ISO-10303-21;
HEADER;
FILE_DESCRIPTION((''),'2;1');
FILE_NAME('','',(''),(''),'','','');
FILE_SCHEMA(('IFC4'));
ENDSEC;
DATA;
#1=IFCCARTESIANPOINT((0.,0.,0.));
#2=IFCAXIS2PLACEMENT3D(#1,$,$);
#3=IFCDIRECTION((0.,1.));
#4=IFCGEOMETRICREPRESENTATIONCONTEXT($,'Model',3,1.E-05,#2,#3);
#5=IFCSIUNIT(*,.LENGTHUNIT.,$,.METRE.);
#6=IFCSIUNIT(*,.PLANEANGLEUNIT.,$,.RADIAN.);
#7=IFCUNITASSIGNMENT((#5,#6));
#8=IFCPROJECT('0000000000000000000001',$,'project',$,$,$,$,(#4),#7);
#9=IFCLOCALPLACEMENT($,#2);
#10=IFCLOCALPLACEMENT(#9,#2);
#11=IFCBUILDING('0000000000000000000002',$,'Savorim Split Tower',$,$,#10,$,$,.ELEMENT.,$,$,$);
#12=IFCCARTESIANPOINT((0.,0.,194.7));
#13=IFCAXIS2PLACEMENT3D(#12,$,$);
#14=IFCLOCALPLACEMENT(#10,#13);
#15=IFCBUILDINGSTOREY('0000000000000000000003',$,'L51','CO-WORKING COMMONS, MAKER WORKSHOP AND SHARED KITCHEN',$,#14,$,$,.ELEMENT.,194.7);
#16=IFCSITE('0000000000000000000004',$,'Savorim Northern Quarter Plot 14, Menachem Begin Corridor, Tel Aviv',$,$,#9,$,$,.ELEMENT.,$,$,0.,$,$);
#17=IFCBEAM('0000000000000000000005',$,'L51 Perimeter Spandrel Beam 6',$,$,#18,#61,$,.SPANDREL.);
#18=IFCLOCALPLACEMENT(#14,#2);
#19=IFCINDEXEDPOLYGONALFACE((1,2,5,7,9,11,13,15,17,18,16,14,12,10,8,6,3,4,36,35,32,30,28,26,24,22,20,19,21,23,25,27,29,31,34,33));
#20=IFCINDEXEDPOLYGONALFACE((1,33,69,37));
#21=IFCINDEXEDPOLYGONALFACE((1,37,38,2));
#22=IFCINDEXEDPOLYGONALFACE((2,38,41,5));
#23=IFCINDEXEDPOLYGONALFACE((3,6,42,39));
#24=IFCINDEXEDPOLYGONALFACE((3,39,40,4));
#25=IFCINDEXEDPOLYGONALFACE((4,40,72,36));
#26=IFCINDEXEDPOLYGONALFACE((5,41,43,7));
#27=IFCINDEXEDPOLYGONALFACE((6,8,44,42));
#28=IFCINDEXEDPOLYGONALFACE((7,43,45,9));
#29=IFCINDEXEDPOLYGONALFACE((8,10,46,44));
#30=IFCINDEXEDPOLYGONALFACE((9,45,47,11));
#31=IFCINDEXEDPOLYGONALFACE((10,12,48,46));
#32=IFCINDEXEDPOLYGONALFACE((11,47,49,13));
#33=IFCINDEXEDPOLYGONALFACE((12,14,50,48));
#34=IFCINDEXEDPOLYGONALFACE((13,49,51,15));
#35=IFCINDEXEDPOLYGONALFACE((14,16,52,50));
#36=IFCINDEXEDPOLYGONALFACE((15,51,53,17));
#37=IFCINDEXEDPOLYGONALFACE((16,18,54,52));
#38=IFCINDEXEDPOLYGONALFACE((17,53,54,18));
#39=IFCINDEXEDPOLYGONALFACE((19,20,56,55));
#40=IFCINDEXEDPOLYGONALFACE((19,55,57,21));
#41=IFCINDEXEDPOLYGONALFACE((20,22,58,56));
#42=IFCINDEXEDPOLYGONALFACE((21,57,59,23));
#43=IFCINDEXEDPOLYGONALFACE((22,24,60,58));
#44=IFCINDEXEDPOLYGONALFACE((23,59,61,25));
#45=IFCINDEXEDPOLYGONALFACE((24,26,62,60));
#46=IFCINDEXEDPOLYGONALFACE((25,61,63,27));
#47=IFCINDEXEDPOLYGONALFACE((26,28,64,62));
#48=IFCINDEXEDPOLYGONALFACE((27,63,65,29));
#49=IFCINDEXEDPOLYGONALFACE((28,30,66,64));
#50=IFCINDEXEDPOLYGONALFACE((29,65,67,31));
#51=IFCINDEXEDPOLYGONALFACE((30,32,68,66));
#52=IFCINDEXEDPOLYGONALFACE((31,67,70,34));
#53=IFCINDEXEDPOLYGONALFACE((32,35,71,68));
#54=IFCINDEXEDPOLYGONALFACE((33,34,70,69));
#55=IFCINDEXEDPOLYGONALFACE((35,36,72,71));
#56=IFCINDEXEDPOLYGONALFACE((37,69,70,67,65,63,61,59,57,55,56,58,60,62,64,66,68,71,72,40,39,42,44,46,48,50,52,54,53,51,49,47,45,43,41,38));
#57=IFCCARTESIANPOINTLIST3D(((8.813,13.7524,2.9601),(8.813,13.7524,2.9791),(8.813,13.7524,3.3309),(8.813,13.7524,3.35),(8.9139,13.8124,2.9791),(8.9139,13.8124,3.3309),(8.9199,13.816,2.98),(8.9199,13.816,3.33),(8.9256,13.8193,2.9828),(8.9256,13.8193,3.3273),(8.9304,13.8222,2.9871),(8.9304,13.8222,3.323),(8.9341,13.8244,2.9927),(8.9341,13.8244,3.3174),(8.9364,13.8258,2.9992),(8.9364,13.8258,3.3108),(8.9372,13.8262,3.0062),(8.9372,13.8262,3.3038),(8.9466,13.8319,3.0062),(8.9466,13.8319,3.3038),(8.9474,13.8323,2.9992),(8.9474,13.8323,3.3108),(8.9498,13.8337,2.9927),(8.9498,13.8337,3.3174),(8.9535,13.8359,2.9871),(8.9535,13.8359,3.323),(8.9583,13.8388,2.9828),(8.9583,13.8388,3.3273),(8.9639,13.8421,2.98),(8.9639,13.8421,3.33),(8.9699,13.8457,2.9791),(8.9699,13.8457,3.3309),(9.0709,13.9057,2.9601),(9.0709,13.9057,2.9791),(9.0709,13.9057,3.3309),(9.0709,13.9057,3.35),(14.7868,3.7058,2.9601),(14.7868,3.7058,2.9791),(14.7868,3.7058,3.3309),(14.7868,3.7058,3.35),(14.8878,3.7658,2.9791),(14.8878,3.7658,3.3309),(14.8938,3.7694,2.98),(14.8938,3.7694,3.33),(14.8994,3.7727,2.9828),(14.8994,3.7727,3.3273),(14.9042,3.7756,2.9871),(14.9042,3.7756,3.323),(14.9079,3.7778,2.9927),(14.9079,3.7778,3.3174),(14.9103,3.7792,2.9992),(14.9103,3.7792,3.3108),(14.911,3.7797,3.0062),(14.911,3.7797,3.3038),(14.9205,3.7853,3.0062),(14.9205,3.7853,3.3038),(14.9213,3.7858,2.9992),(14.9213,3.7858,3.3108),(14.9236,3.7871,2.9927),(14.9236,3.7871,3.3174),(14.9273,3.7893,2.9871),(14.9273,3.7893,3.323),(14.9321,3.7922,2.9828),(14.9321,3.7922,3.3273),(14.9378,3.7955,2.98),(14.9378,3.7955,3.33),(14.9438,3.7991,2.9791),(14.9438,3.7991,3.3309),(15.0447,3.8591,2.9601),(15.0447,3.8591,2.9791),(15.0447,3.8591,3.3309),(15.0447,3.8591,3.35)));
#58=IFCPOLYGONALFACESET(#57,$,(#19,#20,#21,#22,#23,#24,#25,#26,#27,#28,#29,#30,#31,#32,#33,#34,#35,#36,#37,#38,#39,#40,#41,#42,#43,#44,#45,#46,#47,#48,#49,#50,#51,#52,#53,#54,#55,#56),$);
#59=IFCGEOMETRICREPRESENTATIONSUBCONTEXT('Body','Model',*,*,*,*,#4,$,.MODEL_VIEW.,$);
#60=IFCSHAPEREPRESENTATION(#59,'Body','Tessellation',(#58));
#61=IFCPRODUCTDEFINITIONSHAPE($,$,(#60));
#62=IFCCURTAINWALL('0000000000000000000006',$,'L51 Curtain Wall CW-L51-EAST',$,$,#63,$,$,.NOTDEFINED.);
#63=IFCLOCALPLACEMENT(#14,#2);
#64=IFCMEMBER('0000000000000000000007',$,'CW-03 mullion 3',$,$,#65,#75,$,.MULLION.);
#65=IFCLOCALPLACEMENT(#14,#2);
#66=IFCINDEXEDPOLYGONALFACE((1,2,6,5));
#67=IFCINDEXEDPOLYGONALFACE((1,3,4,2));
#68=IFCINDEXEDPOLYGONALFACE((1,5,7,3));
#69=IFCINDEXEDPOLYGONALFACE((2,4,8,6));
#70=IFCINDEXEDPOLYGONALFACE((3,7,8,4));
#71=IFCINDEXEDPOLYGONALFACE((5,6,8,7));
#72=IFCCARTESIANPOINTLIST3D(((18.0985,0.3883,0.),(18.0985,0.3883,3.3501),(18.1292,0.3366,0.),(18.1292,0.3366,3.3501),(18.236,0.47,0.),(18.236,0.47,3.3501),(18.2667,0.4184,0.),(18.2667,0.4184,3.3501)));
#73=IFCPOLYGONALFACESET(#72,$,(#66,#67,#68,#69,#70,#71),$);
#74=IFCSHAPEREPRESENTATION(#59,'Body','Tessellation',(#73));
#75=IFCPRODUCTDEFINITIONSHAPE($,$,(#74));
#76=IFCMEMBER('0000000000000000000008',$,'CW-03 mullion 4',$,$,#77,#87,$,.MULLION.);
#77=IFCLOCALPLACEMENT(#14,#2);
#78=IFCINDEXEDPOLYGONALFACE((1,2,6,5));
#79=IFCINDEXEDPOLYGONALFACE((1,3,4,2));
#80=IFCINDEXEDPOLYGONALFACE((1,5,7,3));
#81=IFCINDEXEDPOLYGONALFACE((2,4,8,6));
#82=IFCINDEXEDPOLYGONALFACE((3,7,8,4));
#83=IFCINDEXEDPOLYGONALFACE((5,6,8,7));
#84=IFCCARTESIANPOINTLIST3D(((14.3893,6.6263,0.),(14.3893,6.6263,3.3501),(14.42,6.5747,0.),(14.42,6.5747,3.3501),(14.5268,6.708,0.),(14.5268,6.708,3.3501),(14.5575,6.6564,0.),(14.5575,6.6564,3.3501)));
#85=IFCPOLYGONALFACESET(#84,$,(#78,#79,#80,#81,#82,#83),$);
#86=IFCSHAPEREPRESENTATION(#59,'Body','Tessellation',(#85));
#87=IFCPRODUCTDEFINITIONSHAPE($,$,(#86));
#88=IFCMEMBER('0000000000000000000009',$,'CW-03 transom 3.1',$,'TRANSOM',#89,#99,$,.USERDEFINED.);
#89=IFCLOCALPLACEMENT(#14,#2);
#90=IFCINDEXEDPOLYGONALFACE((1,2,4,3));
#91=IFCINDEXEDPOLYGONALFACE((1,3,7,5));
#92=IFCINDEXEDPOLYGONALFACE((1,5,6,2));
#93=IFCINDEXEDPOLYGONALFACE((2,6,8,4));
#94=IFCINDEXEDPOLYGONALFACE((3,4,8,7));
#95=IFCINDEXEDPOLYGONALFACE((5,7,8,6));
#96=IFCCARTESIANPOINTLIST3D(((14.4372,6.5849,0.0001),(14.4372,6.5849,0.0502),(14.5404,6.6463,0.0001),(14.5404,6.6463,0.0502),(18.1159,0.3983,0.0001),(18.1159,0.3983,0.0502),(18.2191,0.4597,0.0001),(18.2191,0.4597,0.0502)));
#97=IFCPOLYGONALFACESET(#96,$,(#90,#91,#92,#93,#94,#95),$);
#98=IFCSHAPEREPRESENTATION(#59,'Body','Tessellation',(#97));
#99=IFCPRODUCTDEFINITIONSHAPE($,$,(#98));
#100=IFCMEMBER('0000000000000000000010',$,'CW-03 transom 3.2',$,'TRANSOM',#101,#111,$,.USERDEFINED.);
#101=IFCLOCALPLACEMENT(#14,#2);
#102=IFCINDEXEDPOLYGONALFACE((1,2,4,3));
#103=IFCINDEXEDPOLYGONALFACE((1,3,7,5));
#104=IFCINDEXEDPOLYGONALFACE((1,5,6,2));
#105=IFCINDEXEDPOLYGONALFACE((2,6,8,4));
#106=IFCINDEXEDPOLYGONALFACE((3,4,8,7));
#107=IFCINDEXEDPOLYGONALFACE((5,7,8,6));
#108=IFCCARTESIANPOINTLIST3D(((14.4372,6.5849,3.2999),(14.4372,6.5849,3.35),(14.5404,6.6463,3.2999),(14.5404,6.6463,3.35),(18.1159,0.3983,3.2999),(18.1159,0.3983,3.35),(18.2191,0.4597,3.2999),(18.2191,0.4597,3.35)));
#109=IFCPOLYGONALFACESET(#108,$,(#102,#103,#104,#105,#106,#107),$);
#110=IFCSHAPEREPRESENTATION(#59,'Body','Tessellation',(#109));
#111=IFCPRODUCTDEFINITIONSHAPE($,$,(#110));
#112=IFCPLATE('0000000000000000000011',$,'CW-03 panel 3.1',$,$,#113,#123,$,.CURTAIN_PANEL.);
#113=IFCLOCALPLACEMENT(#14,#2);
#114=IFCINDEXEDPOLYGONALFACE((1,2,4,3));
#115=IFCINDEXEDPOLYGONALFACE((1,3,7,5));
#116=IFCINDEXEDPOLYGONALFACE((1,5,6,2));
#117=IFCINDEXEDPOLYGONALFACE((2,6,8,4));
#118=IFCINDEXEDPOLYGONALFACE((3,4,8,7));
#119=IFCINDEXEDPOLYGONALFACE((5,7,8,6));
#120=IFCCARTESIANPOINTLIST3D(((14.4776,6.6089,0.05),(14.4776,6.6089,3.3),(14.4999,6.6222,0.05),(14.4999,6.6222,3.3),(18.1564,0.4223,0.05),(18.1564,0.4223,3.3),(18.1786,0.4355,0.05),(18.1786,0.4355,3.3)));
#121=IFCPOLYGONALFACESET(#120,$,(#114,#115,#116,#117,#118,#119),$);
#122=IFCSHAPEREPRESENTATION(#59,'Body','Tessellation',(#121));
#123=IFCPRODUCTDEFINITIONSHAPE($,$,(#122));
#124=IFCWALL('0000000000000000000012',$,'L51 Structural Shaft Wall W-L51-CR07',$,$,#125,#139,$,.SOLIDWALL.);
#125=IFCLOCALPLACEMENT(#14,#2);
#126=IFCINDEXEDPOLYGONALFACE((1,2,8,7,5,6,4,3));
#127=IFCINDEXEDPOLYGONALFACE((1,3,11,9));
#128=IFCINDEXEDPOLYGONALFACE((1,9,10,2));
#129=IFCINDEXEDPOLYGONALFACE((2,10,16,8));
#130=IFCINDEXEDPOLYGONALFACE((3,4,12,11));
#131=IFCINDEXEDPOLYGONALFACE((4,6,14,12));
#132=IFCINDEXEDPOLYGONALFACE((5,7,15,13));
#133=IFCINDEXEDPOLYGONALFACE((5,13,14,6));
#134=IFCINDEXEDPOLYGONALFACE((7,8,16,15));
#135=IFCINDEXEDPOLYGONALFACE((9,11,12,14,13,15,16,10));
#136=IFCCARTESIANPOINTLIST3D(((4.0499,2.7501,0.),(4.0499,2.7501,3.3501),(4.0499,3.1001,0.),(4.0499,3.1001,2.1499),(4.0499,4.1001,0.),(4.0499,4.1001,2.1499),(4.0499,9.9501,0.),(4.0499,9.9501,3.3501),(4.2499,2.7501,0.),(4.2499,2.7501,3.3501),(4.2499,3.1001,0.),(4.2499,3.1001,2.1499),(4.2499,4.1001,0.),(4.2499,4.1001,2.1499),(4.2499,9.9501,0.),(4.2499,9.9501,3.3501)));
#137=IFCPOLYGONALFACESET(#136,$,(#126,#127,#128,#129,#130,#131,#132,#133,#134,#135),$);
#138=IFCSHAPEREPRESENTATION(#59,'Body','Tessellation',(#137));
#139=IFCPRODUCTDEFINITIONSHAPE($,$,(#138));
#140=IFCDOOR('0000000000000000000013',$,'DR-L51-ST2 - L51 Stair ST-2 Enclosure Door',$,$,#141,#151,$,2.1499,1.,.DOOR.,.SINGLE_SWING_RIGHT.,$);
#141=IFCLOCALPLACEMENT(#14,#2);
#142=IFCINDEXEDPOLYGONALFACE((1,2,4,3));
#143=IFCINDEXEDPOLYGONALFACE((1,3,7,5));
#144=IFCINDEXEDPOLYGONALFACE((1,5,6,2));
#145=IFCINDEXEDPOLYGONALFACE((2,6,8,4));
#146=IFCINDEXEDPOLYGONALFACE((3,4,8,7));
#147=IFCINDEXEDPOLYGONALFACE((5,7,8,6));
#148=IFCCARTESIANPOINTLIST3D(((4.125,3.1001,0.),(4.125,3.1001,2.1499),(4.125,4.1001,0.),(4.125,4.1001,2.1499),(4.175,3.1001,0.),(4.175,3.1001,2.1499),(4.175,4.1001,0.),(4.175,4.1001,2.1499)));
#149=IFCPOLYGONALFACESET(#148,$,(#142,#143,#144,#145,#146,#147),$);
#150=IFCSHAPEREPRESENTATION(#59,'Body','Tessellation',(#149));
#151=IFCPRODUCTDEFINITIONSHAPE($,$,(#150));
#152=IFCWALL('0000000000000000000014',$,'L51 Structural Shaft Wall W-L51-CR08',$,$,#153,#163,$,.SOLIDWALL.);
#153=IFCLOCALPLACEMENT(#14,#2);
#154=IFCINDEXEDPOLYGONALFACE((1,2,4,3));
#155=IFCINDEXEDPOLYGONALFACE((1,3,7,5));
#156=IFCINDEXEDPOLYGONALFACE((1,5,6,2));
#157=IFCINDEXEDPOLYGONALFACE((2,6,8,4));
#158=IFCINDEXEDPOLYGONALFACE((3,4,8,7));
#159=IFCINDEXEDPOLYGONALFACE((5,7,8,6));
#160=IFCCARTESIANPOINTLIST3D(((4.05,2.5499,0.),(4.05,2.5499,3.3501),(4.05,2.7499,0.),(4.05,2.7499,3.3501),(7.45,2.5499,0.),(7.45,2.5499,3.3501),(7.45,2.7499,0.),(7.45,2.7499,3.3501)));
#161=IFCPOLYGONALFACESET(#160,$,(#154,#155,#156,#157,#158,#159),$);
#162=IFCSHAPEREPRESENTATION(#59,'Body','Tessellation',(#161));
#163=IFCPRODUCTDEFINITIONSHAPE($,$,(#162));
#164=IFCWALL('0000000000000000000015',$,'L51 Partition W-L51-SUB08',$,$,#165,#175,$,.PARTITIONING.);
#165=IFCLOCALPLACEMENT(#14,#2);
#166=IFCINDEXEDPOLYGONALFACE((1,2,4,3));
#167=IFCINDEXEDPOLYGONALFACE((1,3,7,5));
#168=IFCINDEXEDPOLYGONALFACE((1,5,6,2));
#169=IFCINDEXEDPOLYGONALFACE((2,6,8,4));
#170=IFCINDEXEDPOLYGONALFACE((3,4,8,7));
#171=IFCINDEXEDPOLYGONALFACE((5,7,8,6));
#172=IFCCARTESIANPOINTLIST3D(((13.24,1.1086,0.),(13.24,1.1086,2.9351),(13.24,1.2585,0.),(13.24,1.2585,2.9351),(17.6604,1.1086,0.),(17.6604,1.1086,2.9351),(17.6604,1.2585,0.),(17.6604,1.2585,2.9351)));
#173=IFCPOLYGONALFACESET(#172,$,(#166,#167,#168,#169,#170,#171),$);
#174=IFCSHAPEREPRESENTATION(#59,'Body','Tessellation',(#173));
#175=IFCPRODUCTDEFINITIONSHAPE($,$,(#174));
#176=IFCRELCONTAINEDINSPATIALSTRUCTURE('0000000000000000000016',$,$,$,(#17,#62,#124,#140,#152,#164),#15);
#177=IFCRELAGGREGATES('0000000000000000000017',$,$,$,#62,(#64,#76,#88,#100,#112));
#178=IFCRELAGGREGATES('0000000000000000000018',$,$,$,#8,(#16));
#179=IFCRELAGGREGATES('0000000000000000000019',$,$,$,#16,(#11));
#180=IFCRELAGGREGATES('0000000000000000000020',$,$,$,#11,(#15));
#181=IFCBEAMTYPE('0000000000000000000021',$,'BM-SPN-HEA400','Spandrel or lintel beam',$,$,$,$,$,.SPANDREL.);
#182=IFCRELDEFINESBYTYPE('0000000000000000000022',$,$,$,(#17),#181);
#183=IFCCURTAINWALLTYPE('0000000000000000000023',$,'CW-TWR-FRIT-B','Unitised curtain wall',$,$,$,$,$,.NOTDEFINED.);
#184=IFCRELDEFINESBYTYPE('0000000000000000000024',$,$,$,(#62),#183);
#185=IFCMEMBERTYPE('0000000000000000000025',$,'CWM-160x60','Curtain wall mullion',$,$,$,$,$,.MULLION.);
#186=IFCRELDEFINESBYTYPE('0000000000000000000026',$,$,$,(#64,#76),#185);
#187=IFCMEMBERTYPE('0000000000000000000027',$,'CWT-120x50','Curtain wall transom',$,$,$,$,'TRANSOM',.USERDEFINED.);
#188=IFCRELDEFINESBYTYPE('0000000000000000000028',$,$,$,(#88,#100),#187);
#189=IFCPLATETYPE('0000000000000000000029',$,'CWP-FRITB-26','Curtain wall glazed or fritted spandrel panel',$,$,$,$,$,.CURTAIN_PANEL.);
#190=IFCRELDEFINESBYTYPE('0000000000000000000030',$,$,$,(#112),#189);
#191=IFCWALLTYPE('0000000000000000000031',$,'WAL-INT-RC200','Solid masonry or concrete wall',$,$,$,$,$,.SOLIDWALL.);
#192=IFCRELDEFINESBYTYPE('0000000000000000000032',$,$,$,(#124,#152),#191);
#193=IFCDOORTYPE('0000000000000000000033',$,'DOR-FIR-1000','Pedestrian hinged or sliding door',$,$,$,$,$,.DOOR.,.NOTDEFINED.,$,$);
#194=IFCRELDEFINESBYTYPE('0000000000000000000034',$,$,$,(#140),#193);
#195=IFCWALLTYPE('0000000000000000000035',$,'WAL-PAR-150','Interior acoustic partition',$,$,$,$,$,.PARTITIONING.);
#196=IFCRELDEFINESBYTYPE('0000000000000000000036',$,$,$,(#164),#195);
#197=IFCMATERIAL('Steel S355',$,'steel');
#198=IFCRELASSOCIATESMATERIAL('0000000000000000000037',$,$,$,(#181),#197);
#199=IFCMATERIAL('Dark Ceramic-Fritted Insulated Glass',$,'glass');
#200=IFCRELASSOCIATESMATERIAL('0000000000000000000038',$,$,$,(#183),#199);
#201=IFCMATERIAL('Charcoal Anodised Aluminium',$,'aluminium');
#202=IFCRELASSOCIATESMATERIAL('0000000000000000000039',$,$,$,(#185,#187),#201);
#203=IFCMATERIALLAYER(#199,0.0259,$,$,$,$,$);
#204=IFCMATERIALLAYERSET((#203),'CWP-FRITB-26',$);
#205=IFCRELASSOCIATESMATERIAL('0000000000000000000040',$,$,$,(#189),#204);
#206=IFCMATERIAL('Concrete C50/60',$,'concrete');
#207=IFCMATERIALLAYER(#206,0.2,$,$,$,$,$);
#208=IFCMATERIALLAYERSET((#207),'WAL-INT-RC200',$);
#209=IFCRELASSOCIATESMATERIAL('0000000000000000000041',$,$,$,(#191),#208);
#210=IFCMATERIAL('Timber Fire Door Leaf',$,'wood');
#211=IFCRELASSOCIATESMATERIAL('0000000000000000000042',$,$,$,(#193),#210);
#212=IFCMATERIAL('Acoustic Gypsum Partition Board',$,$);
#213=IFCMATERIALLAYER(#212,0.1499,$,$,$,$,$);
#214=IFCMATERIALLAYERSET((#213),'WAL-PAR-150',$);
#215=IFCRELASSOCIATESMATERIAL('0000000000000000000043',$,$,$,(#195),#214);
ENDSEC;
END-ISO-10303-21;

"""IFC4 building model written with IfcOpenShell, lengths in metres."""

from ifc_helpers import new_model, si_unit, direction, frame, frame_2d, origin, origin_2d, place, context, subcontext, project, spatial, rectangle, i_section, extrude, material, layer, layer_set, material_profile, profile_set, type_object, element, fill, aggregate, save


model = new_model("IFC4")

# Units and contexts
model_context = context("Model", 3, precision=1e-05, world=origin(), true_north=direction((0.0, 1.0)))
body_context = subcontext(model_context, "Body", "Model", "MODEL_VIEW")
ifc_project = project(units=[si_unit("LENGTHUNIT", "METRE"), si_unit("PLANEANGLEUNIT", "RADIAN")], contexts=[model_context])

# Site, building, storey
site_placement = place(None, origin())
site = spatial("IfcSite", under=ifc_project, at=site_placement, Name="Savorim Northern Quarter Plot 14, Menachem Begin Corridor, Tel Aviv", CompositionType="ELEMENT", RefElevation=0.0)
building_placement = place(site_placement, origin())
building = spatial("IfcBuilding", under=site, at=building_placement, Name="Savorim Split Tower", CompositionType="ELEMENT")
storey_placement = place(building_placement, frame((0.0, 0.0, 194.7)))
storey = spatial("IfcBuildingStorey", under=building, at=storey_placement, Name="L51", Description="CO-WORKING COMMONS, MAKER WORKSHOP AND SHARED KITCHEN", CompositionType="ELEMENT", Elevation=194.7)

# Shared definitions
ifc_material_1 = material(Name="Steel S355", Category="steel")

# Beam
ifc_material_profile_1 = material_profile(ifc_material_1, i_section(OverallWidth=0.3, OverallDepth=0.3899, WebThickness=0.011, FlangeThickness=0.019, FilletRadius=0.0271, at=origin_2d()), Name="HEA 400")
ifc_profile_set_1 = profile_set([ifc_material_profile_1], Name="Steel S355")
beam_type_1 = type_object("IfcBeamType", Name="BM-SPN-HEA400", Description="Spandrel or lintel beam", PredefinedType="SPANDREL", material=ifc_profile_set_1)
beam_1_placement = place(storey_placement, frame((14.9158, 3.7825, 3.155), z_axis=(-0.511088, 0.859528, 0.0), x_axis=(-0.859528, -0.511088, 0.0)))
element("IfcBeam", 1, at=beam_1_placement, inside=storey, type_object=beam_type_1, Name="L51 Perimeter Spandrel Beam 6", PredefinedType="SPANDREL", context=body_context, shape_type="SweptSolid", body=[
    extrude(i_section(OverallWidth=0.3, OverallDepth=0.3899, WebThickness=0.011, FlangeThickness=0.019, FilletRadius=0.0271, at=origin_2d()), origin(), (0.0, 0.0, 1.0), 11.6885),
])

# Curtain wall, members, plate
ifc_material_2 = material(Name="Dark Ceramic-Fritted Insulated Glass", Category="glass")
curtain_wall_type = type_object("IfcCurtainWallType", Name="CW-TWR-FRIT-B", Description="Unitised curtain wall", PredefinedType="NOTDEFINED", material=ifc_material_2)
curtain_wall_placement = place(storey_placement, origin())
curtain_wall = element("IfcCurtainWall", 2, at=curtain_wall_placement, inside=storey, type_object=curtain_wall_type, Name="L51 Curtain Wall CW-L51-EAST", PredefinedType="NOTDEFINED")
ifc_material_3 = material(Name="Charcoal Anodised Aluminium", Category="aluminium")
ifc_material_profile_2 = material_profile(ifc_material_3, rectangle(XDim=0.1599, YDim=0.0601, at=origin_2d()), Name="ALU-M 160x60")
ifc_profile_set_2 = profile_set([ifc_material_profile_2], Name="Charcoal Anodised Aluminium")
member_type_1 = type_object("IfcMemberType", Name="CWM-160x60", Description="Curtain wall mullion", PredefinedType="MULLION", material=ifc_profile_set_2)
member_1_placement = place(storey_placement, frame((18.1826, 0.4033, 0.0), z_axis=(0.0, 0.0, 1.0), x_axis=(-0.859526, -0.511092, 0.0)))
member_1 = element("IfcMember", 3, at=member_1_placement, type_object=member_type_1, Name="CW-03 mullion 3", PredefinedType="MULLION", context=body_context, shape_type="SweptSolid", body=[
    extrude(rectangle(XDim=0.1599, YDim=0.0601, at=origin_2d()), origin(), (0.0, 0.0, 1.0), 3.3501),
])
member_2_placement = place(storey_placement, frame((14.4734, 6.6414, 0.0), z_axis=(0.0, 0.0, 1.0), x_axis=(-0.859526, -0.511092, 0.0)))
member_2 = element("IfcMember", 4, at=member_2_placement, type_object=member_type_1, Name="CW-03 mullion 4", PredefinedType="MULLION", context=body_context, shape_type="SweptSolid", body=[
    extrude(rectangle(XDim=0.1599, YDim=0.0601, at=origin_2d()), origin(), (0.0, 0.0, 1.0), 3.3501),
])
ifc_material_profile_3 = material_profile(ifc_material_3, rectangle(XDim=0.1201, YDim=0.05, at=origin_2d()), Name="ALU-T 120x50")
ifc_profile_set_3 = profile_set([ifc_material_profile_3], Name="Charcoal Anodised Aluminium")
member_type_2 = type_object("IfcMemberType", Name="CWT-120x50", Description="Curtain wall transom", ElementType="TRANSOM", PredefinedType="USERDEFINED", material=ifc_profile_set_3)
member_3_placement = place(storey_placement, frame((18.1675, 0.429, 0.0251), z_axis=(-0.511085, 0.85953, 0.0), x_axis=(-0.85953, -0.511085, 0.0)))
member_3 = element("IfcMember", 5, at=member_3_placement, type_object=member_type_2, Name="CW-03 transom 3.1", ObjectType="TRANSOM", PredefinedType="USERDEFINED", context=body_context, shape_type="SweptSolid", body=[
    extrude(rectangle(XDim=0.1201, YDim=0.05, at=origin_2d()), origin(), (0.0, 0.0, 1.0), 7.1978),
])
member_4_placement = place(storey_placement, frame((18.1675, 0.429, 3.325), z_axis=(-0.511085, 0.85953, 0.0), x_axis=(-0.85953, -0.511085, 0.0)))
member_4 = element("IfcMember", 6, at=member_4_placement, type_object=member_type_2, Name="CW-03 transom 3.2", ObjectType="TRANSOM", PredefinedType="USERDEFINED", context=body_context, shape_type="SweptSolid", body=[
    extrude(rectangle(XDim=0.1201, YDim=0.05, at=origin_2d()), origin(), (0.0, 0.0, 1.0), 7.1978),
])
ifc_layer_1 = layer(ifc_material_2, 0.0259)
ifc_layer_set_1 = layer_set([ifc_layer_1], Name="CWP-FRITB-26")
plate_type = type_object("IfcPlateType", Name="CWP-FRITB-26", Description="Curtain wall glazed or fritted spandrel panel", PredefinedType="CURTAIN_PANEL", material=ifc_layer_set_1)
plate_placement = place(storey_placement, frame((16.3281, 3.5222, 0.05), z_axis=(0.0, 0.0, 1.0), x_axis=(-0.511092, 0.859526, 0.0)))
plate = element("IfcPlate", 7, at=plate_placement, type_object=plate_type, Name="CW-03 panel 3.1", PredefinedType="CURTAIN_PANEL", context=body_context, shape_type="SweptSolid", body=[
    extrude(rectangle(XDim=7.1978, YDim=0.0259, at=origin_2d()), origin(), (0.0, 0.0, 1.0), 3.25),
])
aggregate(curtain_wall, [member_1, member_2, member_3, member_4, plate])

# Wall, opening, door
ifc_material_4 = material(Name="Concrete C50/60", Category="concrete")
ifc_layer_2 = layer(ifc_material_4, 0.2)
ifc_layer_set_2 = layer_set([ifc_layer_2], Name="WAL-INT-RC200")
wall_type_1 = type_object("IfcWallType", Name="WAL-INT-RC200", Description="Solid masonry or concrete wall", PredefinedType="SOLIDWALL", material=ifc_layer_set_2)
wall_1_placement = place(storey_placement, frame((4.1499, 2.75, 0.0), z_axis=(0.0, 0.0, 1.0), x_axis=(0.0, 1.0, 0.0)))
wall_1 = element("IfcWall", 8, at=wall_1_placement, inside=storey, type_object=wall_type_1, Name="L51 Structural Shaft Wall W-L51-CR07", PredefinedType="SOLIDWALL", context=body_context, shape_type="SweptSolid", body=[
    extrude(rectangle(XDim=7.2, YDim=0.2, at=frame_2d((3.6001, 0.0))), origin(), (0.0, 0.0, 1.0), 3.3501),
])
opening_1_placement = place(wall_1_placement, frame((0.3501, 0.0, 0.0)))
opening_1 = element("IfcOpeningElement", 9, at=opening_1_placement, cuts=wall_1, PredefinedType="OPENING", context=body_context, shape_type="SweptSolid", body=[
    extrude(rectangle(XDim=1.0, YDim=2.1499, at=frame_2d((0.5, 1.075))), frame((0.0, 0.1099, 0.0), z_axis=(0.0, -1.0, 0.0), x_axis=(1.0, 0.0, 0.0)), (0.0, 0.0, 1.0), 0.22),
])
ifc_material_5 = material(Name="Timber Fire Door Leaf", Category="wood")
door_type_1 = type_object("IfcDoorType", Name="DOR-FIR-1000", Description="Pedestrian hinged or sliding door", OperationType="NOTDEFINED", PredefinedType="DOOR", material=ifc_material_5)
door_1_placement = place(opening_1_placement, origin())
door_1 = element("IfcDoor", 10, at=door_1_placement, inside=storey, type_object=door_type_1, Name="DR-L51-ST2 - L51 Stair ST-2 Enclosure Door", OperationType="SINGLE_SWING_RIGHT", OverallHeight=2.1499, OverallWidth=1.0, PredefinedType="DOOR", context=body_context, shape_type="SweptSolid", body=[
    extrude(rectangle(XDim=1.0, YDim=2.1499, at=frame_2d((0.5, 1.075))), frame((0.0, 0.0249, 0.0), z_axis=(0.0, -1.0, 0.0), x_axis=(1.0, 0.0, 0.0)), (0.0, 0.0, 1.0), 0.05),
])
fill(opening_1, door_1)

# Wall
wall_2_placement = place(storey_placement, frame((4.05, 2.6499, 0.0), z_axis=(0.0, 0.0, 1.0), x_axis=(1.0, 0.0, 0.0)))
element("IfcWall", 11, at=wall_2_placement, inside=storey, type_object=wall_type_1, Name="L51 Structural Shaft Wall W-L51-CR08", PredefinedType="SOLIDWALL", context=body_context, shape_type="SweptSolid", body=[
    extrude(rectangle(XDim=3.3999, YDim=0.2, at=frame_2d((1.7, 0.0))), origin(), (0.0, 0.0, 1.0), 3.3501),
])

# Wall
ifc_material_6 = material(Name="Acoustic Gypsum Partition Board")
ifc_layer_3 = layer(ifc_material_6, 0.1499)
ifc_layer_set_3 = layer_set([ifc_layer_3], Name="WAL-PAR-150")
wall_type_2 = type_object("IfcWallType", Name="WAL-PAR-150", Description="Interior acoustic partition", PredefinedType="PARTITIONING", material=ifc_layer_set_3)
wall_3_placement = place(storey_placement, frame((13.24, 1.1836, 0.0), z_axis=(0.0, 0.0, 1.0), x_axis=(1.0, 0.0, 0.0)))
element("IfcWall", 12, at=wall_3_placement, inside=storey, type_object=wall_type_2, Name="L51 Partition W-L51-SUB08", PredefinedType="PARTITIONING", context=body_context, shape_type="SweptSolid", body=[
    extrude(rectangle(XDim=4.4204, YDim=0.1499, at=frame_2d((2.2102, 0.0))), origin(), (0.0, 0.0, 1.0), 2.9351),
])

save(model, "model.ifc")
